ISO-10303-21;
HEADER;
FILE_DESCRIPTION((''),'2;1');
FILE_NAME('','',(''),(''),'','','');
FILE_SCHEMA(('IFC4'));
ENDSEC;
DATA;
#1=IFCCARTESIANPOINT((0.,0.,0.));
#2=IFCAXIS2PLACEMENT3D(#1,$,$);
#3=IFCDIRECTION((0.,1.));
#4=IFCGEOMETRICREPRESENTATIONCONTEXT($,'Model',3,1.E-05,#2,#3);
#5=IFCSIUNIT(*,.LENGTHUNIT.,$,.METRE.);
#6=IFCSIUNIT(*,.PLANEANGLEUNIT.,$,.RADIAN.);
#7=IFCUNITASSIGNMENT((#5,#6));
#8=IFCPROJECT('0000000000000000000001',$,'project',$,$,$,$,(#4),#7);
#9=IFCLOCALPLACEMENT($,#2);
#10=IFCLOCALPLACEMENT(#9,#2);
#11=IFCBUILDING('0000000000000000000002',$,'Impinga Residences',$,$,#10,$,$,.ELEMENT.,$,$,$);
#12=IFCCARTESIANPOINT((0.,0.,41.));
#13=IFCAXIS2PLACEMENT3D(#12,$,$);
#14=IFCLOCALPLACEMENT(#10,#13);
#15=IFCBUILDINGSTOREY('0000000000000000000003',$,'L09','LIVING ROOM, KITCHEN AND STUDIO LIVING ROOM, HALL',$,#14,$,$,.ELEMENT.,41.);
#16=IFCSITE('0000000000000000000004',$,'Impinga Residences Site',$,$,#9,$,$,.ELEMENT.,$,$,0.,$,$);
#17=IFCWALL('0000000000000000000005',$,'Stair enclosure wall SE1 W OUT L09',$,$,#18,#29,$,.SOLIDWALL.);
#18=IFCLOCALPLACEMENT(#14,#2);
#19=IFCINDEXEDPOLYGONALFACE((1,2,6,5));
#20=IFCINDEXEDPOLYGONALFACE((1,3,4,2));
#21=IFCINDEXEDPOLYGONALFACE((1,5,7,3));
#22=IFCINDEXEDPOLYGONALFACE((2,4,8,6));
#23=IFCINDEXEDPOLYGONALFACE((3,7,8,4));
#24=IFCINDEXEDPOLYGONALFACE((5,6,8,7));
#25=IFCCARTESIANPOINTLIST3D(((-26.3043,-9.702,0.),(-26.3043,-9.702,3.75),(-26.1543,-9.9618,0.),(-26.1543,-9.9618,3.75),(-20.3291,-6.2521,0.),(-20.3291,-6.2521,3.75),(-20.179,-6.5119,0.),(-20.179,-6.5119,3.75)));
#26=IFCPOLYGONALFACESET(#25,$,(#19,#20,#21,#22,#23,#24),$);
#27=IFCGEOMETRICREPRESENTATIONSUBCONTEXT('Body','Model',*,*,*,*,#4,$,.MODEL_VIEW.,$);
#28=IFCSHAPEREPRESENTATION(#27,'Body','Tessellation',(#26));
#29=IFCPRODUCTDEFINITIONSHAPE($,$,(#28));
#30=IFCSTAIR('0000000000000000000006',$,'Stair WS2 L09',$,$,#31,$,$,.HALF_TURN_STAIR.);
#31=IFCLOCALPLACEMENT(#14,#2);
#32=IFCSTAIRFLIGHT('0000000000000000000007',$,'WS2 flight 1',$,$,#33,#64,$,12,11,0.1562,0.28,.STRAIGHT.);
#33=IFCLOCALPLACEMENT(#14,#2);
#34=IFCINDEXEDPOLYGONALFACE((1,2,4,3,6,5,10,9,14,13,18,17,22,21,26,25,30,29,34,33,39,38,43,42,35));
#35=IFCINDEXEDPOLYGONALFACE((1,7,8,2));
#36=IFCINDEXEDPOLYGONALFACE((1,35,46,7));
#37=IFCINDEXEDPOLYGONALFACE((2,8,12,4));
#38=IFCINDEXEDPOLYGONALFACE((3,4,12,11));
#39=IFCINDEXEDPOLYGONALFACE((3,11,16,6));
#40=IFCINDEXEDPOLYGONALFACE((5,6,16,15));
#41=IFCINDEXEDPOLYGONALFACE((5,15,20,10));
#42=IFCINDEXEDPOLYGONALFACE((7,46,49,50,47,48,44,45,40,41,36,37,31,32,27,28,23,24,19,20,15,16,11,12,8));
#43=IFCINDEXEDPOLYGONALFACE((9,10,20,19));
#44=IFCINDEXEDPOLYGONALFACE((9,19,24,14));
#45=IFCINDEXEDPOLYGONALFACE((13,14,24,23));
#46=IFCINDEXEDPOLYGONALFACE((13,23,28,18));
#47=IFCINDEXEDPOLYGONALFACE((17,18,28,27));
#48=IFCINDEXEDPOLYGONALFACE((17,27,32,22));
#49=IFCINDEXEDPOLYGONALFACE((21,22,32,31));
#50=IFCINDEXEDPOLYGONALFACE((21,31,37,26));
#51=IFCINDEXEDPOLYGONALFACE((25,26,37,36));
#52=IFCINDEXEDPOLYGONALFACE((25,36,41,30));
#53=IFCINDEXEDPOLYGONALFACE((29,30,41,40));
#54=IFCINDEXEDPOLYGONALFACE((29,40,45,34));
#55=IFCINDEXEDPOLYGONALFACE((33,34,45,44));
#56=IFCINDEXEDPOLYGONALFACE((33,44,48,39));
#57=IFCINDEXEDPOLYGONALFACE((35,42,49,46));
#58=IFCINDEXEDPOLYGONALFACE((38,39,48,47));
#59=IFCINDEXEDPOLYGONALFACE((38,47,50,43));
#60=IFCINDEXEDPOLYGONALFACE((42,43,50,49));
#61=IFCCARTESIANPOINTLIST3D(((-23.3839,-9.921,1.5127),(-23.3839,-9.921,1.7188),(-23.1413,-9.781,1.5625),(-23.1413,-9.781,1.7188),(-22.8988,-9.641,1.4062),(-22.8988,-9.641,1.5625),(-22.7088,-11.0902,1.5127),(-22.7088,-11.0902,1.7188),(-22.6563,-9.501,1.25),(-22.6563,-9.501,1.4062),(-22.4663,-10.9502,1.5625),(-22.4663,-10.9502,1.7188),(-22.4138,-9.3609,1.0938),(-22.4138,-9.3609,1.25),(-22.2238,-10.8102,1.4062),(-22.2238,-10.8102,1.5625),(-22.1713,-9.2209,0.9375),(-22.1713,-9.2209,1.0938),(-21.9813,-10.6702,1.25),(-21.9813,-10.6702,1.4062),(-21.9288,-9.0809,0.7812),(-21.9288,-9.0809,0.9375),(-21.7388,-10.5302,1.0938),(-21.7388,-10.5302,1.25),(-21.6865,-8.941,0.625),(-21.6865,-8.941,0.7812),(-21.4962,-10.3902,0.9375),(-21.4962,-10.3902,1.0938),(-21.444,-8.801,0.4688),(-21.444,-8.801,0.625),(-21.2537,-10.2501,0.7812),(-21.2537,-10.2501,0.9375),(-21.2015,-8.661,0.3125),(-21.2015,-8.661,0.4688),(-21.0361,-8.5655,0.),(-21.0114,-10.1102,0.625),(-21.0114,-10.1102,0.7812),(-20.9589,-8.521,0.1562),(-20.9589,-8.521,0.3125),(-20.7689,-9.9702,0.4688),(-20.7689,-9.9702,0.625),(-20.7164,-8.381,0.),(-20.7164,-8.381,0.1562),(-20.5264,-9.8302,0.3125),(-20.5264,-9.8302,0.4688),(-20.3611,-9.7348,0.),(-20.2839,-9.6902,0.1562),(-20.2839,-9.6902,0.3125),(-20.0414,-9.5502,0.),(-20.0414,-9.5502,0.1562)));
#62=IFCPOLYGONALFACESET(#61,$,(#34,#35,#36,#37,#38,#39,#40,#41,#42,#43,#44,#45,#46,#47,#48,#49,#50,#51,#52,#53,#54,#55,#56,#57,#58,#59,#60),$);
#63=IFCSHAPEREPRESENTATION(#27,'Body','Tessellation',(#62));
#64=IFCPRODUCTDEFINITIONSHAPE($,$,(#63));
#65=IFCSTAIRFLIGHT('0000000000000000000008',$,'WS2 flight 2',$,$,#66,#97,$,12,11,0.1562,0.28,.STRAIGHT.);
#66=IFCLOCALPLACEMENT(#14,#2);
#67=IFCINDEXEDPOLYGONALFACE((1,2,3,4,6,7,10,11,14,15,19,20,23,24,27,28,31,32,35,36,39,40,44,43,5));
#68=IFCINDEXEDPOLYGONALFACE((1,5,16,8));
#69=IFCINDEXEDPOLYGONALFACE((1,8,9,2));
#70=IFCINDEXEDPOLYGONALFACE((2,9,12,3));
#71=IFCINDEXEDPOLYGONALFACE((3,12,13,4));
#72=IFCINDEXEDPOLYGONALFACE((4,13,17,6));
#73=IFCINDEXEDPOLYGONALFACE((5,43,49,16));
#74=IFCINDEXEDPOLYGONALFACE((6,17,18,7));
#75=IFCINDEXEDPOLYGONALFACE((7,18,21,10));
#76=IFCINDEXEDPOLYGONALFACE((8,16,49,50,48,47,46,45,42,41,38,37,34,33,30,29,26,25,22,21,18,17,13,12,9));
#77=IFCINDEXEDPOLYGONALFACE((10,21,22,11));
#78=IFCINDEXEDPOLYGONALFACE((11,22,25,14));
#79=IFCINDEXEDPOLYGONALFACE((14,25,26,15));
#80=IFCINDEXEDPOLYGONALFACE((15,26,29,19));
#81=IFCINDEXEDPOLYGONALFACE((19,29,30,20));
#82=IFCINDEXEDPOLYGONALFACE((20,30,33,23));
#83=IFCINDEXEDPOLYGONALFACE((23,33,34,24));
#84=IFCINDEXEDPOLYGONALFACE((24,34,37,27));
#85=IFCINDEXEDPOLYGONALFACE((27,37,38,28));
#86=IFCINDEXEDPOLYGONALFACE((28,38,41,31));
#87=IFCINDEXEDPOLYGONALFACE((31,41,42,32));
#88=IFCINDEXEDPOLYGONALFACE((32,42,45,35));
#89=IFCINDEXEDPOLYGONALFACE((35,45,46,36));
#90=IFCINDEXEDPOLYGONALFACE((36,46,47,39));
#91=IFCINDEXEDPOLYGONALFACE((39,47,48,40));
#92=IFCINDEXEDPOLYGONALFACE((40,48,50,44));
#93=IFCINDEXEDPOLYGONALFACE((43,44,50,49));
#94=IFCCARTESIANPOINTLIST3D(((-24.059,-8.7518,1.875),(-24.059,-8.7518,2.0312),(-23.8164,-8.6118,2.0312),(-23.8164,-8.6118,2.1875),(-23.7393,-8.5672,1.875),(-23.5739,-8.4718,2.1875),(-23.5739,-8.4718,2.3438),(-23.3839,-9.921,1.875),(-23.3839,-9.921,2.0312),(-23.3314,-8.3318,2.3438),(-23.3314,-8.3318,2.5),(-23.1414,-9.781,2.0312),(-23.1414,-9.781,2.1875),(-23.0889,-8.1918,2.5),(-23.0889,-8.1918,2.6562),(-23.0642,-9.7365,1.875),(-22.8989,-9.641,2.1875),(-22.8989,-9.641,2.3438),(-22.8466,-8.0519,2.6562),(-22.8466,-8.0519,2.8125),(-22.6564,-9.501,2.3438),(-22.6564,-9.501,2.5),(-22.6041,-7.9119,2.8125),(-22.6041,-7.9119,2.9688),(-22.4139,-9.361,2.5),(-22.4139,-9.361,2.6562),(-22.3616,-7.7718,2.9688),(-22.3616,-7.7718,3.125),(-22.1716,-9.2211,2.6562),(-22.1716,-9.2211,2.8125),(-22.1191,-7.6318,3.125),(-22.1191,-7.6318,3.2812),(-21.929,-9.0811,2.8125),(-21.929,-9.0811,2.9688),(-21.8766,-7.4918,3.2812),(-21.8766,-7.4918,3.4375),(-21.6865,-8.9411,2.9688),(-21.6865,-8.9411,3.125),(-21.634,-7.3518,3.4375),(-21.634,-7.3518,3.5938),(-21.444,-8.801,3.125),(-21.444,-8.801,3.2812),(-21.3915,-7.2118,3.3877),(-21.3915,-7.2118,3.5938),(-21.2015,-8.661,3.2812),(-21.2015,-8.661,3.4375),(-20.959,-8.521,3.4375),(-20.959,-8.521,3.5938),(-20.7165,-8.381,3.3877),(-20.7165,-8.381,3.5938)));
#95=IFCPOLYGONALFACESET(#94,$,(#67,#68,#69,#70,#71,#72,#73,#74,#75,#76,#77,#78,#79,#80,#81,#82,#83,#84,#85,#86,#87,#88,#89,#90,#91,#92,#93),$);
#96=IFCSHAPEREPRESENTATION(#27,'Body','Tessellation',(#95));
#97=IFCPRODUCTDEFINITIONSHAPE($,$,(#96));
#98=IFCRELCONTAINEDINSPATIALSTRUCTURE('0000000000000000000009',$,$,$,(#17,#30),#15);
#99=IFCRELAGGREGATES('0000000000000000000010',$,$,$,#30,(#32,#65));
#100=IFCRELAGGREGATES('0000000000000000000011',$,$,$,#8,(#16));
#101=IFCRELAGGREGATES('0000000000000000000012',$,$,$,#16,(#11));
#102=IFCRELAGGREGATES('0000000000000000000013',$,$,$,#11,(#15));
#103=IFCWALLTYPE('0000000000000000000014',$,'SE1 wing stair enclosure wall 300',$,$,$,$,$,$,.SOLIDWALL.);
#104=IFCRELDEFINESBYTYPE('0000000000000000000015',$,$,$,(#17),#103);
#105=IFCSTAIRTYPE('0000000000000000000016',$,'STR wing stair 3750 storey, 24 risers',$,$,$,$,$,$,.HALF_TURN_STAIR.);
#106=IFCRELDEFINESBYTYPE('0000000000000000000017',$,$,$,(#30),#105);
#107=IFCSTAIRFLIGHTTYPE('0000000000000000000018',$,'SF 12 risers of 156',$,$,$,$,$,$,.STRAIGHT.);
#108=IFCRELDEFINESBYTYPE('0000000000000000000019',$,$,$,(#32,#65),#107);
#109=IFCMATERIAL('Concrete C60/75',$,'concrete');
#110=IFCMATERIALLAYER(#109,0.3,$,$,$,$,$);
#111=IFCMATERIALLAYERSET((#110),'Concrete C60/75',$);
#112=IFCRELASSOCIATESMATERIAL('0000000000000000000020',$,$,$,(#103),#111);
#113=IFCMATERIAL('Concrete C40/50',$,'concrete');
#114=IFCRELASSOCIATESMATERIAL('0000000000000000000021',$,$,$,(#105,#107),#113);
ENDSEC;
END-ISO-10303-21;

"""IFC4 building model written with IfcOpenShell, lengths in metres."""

from ifc_helpers import new_model, si_unit, direction, frame, frame_2d, origin, place, context, subcontext, project, spatial, polyline, rectangle, outline, extrude, material, layer, layer_set, type_object, element, aggregate, save


model = new_model("IFC4")

# Units and contexts
model_context = context("Model", 3, precision=1e-05, world=origin(), true_north=direction((0.0, 1.0)))
body_context = subcontext(model_context, "Body", "Model", "MODEL_VIEW")
ifc_project = project(units=[si_unit("LENGTHUNIT", "METRE"), si_unit("PLANEANGLEUNIT", "RADIAN")], contexts=[model_context])

# Site, building, storey
site_placement = place(None, origin())
site = spatial("IfcSite", under=ifc_project, at=site_placement, Name="Impinga Residences Site", CompositionType="ELEMENT", RefElevation=0.0)
building_placement = place(site_placement, origin())
building = spatial("IfcBuilding", under=site, at=building_placement, Name="Impinga Residences", CompositionType="ELEMENT")
storey_placement = place(building_placement, frame((0.0, 0.0, 41.0)))
storey = spatial("IfcBuildingStorey", under=building, at=storey_placement, Name="L09", Description="LIVING ROOM, KITCHEN AND STUDIO LIVING ROOM, HALL", CompositionType="ELEMENT", Elevation=41.0)

# Shared definitions
ifc_material_1 = material(Name="Concrete C60/75", Category="concrete")

# Wall
ifc_layer_1 = layer(ifc_material_1, 0.3)
ifc_layer_set_1 = layer_set([ifc_layer_1], Name="Concrete C60/75")
wall_type_1 = type_object("IfcWallType", Name="SE1 wing stair enclosure wall 300", PredefinedType="SOLIDWALL", material=ifc_layer_set_1)
wall_1_placement = place(storey_placement, frame((-20.2542, -6.3821, 0.0), z_axis=(0.0, 0.0, 1.0), x_axis=(-0.86602, -0.500009, 0.0)))
element("IfcWall", 1, at=wall_1_placement, inside=storey, type_object=wall_type_1, Name="Stair enclosure wall SE1 W OUT L09", PredefinedType="SOLIDWALL", context=body_context, shape_type="SweptSolid", body=[
    extrude(rectangle(XDim=6.8997, YDim=0.3, at=frame_2d((3.4497, 0.0))), origin(), (0.0, 0.0, 1.0), 3.75),
])

# Stair, stair flights
ifc_material_2 = material(Name="Concrete C40/50", Category="concrete")
stair_type = type_object("IfcStairType", Name="STR wing stair 3750 storey, 24 risers", PredefinedType="HALF_TURN_STAIR", material=ifc_material_2)
stair_placement = place(storey_placement, origin())
stair = element("IfcStair", 2, at=stair_placement, inside=storey, type_object=stair_type, Name="Stair WS2 L09", PredefinedType="HALF_TURN_STAIR")
stair_flight_type = type_object("IfcStairFlightType", Name="SF 12 risers of 156", PredefinedType="STRAIGHT", material=ifc_material_2)
stair_flight_1_placement = place(storey_placement, frame((-20.3789, -8.9656, 0.0), z_axis=(0.0, 0.0, 1.0), x_axis=(-0.866025, -0.5, 0.0)))
stair_flight_1 = element("IfcStairFlight", 3, at=stair_flight_1_placement, type_object=stair_flight_type, Name="WS2 flight 1", NumberOfRisers=12, NumberOfTreads=11, PredefinedType="STRAIGHT", RiserHeight=0.1562, TreadLength=0.28, context=body_context, shape_type="SweptSolid", body=[
    extrude(outline(polyline([(0.0, 0.0), (0.0, 0.1562), (0.28, 0.1562), (0.28, 0.3125), (0.5601, 0.3125), (0.5601, 0.4688), (0.8401, 0.4688), (0.8401, 0.625), (1.1201, 0.625), (1.1201, 0.7812), (1.3999, 0.7812), (1.3999, 0.9375), (1.6799, 0.9375), (1.6799, 1.0938), (1.96, 1.0938), (1.96, 1.25), (2.24, 1.25), (2.24, 1.4062), (2.52, 1.4062), (2.52, 1.5625), (2.8, 1.5625), (2.8, 1.7188), (3.0801, 1.7188), (3.0801, 1.875), (3.0801, 1.5127), (0.3691, 0.0), (0.0, 0.0)])), frame((0.0, 0.675, 0.0), z_axis=(0.0, -1.0, 0.0), x_axis=(1.0, 0.0, 0.0)), (0.0, 0.0, 1.0), 1.3501),
])
stair_flight_2_placement = place(storey_placement, frame((-23.7214, -9.3364, 1.875), z_axis=(0.0, 0.0, 1.0), x_axis=(0.866025, 0.5, 0.0)))
stair_flight_2 = element("IfcStairFlight", 4, at=stair_flight_2_placement, type_object=stair_flight_type, Name="WS2 flight 2", NumberOfRisers=12, NumberOfTreads=11, PredefinedType="STRAIGHT", RiserHeight=0.1562, TreadLength=0.28, context=body_context, shape_type="SweptSolid", body=[
    extrude(outline(polyline([(0.0, 0.0), (0.0, 0.1562), (0.28, 0.1562), (0.28, 0.3125), (0.5601, 0.3125), (0.5601, 0.4688), (0.8401, 0.4688), (0.8401, 0.625), (1.1201, 0.625), (1.1201, 0.7812), (1.3999, 0.7812), (1.3999, 0.9375), (1.6799, 0.9375), (1.6799, 1.0938), (1.96, 1.0938), (1.96, 1.25), (2.24, 1.25), (2.24, 1.4062), (2.52, 1.4062), (2.52, 1.5625), (2.8, 1.5625), (2.8, 1.7188), (3.0801, 1.7188), (3.0801, 1.875), (3.0801, 1.5127), (0.3691, 0.0), (0.0, 0.0)])), frame((0.0, 0.675, 0.0), z_axis=(0.0, -1.0, 0.0), x_axis=(1.0, 0.0, 0.0)), (0.0, 0.0, 1.0), 1.3501),
])
aggregate(stair, [stair_flight_1, stair_flight_2])

save(model, "model.ifc")
